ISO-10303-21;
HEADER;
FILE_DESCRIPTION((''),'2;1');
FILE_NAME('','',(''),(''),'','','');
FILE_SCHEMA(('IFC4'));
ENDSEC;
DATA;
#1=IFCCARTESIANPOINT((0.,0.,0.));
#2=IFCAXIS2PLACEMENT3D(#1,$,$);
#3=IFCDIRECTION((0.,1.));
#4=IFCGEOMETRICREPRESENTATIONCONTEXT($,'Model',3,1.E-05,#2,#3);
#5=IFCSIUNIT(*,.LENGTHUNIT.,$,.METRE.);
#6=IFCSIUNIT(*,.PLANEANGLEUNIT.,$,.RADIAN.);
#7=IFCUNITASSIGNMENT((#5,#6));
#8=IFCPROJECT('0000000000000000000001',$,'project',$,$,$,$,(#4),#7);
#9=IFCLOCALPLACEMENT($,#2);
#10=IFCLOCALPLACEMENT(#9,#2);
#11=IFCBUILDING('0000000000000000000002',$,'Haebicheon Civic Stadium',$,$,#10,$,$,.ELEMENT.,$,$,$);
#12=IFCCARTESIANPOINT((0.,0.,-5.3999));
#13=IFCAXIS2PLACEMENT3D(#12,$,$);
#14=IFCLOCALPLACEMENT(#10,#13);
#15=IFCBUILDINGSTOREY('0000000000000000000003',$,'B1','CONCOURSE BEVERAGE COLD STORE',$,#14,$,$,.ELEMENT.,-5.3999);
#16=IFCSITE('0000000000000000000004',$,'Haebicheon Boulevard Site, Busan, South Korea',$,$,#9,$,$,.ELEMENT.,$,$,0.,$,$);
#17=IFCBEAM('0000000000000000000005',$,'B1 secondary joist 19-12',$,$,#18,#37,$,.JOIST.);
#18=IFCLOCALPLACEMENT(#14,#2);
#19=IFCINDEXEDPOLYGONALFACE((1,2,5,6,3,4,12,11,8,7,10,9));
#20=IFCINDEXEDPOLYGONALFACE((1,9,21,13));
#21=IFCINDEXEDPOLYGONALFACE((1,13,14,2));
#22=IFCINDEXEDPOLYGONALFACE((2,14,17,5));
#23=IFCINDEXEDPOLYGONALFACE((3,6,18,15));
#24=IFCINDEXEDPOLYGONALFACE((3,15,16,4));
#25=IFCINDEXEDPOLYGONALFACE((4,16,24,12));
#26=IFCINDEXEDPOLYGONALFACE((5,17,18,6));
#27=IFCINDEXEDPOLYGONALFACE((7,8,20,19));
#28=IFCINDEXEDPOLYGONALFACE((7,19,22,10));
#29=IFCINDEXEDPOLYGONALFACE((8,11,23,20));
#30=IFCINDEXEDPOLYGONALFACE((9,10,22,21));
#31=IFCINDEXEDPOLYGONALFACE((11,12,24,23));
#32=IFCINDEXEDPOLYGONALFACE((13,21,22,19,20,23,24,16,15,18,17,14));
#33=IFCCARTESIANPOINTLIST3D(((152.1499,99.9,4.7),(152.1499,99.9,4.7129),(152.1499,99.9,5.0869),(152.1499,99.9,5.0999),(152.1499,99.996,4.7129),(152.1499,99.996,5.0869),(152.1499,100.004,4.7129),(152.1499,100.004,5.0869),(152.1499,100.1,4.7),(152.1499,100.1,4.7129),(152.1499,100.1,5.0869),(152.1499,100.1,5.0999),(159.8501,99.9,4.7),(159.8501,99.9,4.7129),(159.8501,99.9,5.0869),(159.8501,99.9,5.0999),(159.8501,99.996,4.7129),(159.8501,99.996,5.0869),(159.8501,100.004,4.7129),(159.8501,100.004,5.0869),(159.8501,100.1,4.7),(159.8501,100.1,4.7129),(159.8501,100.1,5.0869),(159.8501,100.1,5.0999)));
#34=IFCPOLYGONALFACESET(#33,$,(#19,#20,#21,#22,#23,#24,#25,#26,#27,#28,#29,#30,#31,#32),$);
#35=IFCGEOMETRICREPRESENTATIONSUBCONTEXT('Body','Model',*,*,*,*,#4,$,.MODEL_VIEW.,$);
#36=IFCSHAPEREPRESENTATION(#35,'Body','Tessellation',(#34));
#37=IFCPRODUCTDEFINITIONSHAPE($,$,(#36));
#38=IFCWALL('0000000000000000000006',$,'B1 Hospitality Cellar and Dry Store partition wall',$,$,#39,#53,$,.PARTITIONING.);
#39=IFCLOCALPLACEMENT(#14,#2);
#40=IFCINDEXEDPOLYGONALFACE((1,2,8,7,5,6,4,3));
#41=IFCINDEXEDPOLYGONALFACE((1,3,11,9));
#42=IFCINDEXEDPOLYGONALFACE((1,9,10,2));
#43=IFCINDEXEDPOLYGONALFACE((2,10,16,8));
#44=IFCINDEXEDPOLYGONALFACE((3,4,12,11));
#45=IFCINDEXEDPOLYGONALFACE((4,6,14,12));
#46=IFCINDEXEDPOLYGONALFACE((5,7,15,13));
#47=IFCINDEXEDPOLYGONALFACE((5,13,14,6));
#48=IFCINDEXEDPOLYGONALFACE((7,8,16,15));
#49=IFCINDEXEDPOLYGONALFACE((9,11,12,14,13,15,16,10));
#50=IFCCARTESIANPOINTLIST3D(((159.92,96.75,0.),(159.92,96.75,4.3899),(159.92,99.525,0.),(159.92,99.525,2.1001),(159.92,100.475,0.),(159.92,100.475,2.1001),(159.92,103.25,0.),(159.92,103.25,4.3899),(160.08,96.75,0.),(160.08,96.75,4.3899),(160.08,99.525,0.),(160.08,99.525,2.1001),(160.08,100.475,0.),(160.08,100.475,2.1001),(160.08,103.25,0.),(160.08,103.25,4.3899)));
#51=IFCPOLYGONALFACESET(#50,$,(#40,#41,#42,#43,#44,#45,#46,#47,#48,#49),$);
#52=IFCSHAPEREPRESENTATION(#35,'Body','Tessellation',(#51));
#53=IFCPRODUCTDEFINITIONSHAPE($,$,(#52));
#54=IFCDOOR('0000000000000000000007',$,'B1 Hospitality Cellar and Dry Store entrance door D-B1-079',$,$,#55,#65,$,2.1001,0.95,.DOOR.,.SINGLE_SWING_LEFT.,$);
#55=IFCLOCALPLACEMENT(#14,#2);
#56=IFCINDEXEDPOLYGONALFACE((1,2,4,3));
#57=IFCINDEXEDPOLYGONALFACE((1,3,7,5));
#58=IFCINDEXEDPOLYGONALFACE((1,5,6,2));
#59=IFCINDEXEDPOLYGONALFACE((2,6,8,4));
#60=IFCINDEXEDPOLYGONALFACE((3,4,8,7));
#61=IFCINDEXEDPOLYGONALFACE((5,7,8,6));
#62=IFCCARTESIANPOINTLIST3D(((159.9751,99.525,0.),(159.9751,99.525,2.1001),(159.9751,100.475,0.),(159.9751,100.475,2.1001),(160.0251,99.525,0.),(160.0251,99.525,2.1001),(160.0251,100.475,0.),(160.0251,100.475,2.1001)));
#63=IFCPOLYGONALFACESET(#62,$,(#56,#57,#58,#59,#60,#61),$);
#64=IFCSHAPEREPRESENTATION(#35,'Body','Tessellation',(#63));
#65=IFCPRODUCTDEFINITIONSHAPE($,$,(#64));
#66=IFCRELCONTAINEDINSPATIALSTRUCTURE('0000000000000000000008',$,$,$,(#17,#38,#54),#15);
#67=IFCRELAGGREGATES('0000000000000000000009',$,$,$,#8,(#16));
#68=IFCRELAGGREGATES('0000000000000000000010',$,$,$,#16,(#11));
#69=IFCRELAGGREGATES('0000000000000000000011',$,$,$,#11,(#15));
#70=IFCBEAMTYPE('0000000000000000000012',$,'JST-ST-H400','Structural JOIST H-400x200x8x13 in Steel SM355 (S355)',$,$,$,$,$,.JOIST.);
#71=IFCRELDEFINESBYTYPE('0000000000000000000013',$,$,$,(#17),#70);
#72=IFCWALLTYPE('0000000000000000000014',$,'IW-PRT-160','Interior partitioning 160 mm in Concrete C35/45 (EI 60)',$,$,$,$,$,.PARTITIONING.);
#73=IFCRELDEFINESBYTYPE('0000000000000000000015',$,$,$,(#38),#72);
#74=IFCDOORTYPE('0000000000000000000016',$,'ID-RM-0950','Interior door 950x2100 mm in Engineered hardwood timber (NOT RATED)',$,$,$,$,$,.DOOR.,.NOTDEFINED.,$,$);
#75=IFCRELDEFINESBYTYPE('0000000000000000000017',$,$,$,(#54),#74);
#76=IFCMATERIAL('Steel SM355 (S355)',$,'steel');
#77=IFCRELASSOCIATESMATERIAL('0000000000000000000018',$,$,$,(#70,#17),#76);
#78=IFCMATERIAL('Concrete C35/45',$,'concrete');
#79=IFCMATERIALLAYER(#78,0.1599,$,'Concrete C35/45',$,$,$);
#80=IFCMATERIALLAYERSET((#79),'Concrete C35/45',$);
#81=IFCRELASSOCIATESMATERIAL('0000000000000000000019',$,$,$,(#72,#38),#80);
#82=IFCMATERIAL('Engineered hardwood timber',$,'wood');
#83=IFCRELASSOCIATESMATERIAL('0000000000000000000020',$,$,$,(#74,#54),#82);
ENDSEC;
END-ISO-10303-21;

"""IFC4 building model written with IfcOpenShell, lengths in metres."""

from ifc_helpers import new_model, si_unit, direction, frame, frame_2d, origin, origin_2d, place, context, subcontext, project, spatial, rectangle, i_section, extrude, material, layer, layer_set, material_profile, profile_set, type_object, element, fill, save


model = new_model("IFC4")

# Units and contexts
model_context = context("Model", 3, precision=1e-05, world=origin(), true_north=direction((0.0, 1.0)))
body_context = subcontext(model_context, "Body", "Model", "MODEL_VIEW")
ifc_project = project(units=[si_unit("LENGTHUNIT", "METRE"), si_unit("PLANEANGLEUNIT", "RADIAN")], contexts=[model_context])

# Site, building, storey
site_placement = place(None, origin())
site = spatial("IfcSite", under=ifc_project, at=site_placement, Name="Haebicheon Boulevard Site, Busan, South Korea", CompositionType="ELEMENT", RefElevation=0.0)
building_placement = place(site_placement, origin())
building = spatial("IfcBuilding", under=site, at=building_placement, Name="Haebicheon Civic Stadium", CompositionType="ELEMENT")
storey_placement = place(building_placement, frame((0.0, 0.0, -5.3999)))
storey = spatial("IfcBuildingStorey", under=building, at=storey_placement, Name="B1", Description="CONCOURSE BEVERAGE COLD STORE", CompositionType="ELEMENT", Elevation=-5.3999)

# Beam
ifc_material_1 = material(Name="Steel SM355 (S355)", Category="steel")
ifc_material_profile_1 = material_profile(ifc_material_1, i_section(OverallWidth=0.2, OverallDepth=0.3999, WebThickness=0.0081, FlangeThickness=0.0129, at=origin_2d()), Name="H-400x200x8x13")
ifc_profile_set_1 = profile_set([ifc_material_profile_1], Name="Steel SM355 (S355)")
beam_type_1 = type_object("IfcBeamType", Name="JST-ST-H400", Description="Structural JOIST H-400x200x8x13 in Steel SM355 (S355)", PredefinedType="JOIST", material=ifc_profile_set_1)
for number, where, z_axis, x_axis, name in (
    (1, (152.1499, 100.0, 4.8999), (1.0, 0.0, 0.0), (0.0, 1.0, 0.0), "B1 secondary joist 19-12"),
):
    element("IfcBeam", number, at=place(storey_placement, frame(where, z_axis=z_axis, x_axis=x_axis)), inside=storey, type_object=beam_type_1, material=ifc_profile_set_1, Name=name, PredefinedType="JOIST", context=body_context, shape_type="SweptSolid", body=[
        extrude(i_section(OverallWidth=0.2, OverallDepth=0.3999, WebThickness=0.0081, FlangeThickness=0.0129, at=origin_2d()), origin(), (0.0, 0.0, 1.0), 7.7002),
    ])

# Wall, opening, door
ifc_material_2 = material(Name="Concrete C35/45", Category="concrete")
ifc_layer_1 = layer(ifc_material_2, 0.1599, Name="Concrete C35/45")
ifc_layer_set_1 = layer_set([ifc_layer_1], Name="Concrete C35/45")
wall_type = type_object("IfcWallType", Name="IW-PRT-160", Description="Interior partitioning 160 mm in Concrete C35/45 (EI 60)", PredefinedType="PARTITIONING", material=ifc_layer_set_1)
wall_placement = place(storey_placement, frame((160.0, 96.75, 0.0), z_axis=(0.0, 0.0, 1.0), x_axis=(0.0, 1.0, 0.0)))
wall = element("IfcWall", 2, at=wall_placement, inside=storey, type_object=wall_type, material=ifc_layer_set_1, Name="B1 Hospitality Cellar and Dry Store partition wall", PredefinedType="PARTITIONING", context=body_context, shape_type="SweptSolid", body=[
    extrude(rectangle(XDim=6.5, YDim=0.1599, at=frame_2d((3.25, 0.0))), origin(), (0.0, 0.0, 1.0), 4.3899),
])
opening_placement = place(wall_placement, frame((2.7749, 0.0, 0.0)))
opening = element("IfcOpeningElement", 3, at=opening_placement, cuts=wall, PredefinedType="OPENING", context=body_context, shape_type="SweptSolid", body=[
    extrude(rectangle(XDim=0.95, YDim=2.1001, at=frame_2d((0.4751, 1.05))), frame((0.0, 0.0898, 0.0), z_axis=(0.0, -1.0, 0.0), x_axis=(1.0, 0.0, 0.0)), (0.0, 0.0, 1.0), 0.1799),
])
ifc_material_3 = material(Name="Engineered hardwood timber", Category="wood")
door_type = type_object("IfcDoorType", Name="ID-RM-0950", Description="Interior door 950x2100 mm in Engineered hardwood timber (NOT RATED)", OperationType="NOTDEFINED", PredefinedType="DOOR", material=ifc_material_3)
door_placement = place(opening_placement, origin())
door = element("IfcDoor", 4, at=door_placement, inside=storey, type_object=door_type, material=ifc_material_3, Name="B1 Hospitality Cellar and Dry Store entrance door D-B1-079", OperationType="SINGLE_SWING_LEFT", OverallHeight=2.1001, OverallWidth=0.95, PredefinedType="DOOR", context=body_context, shape_type="SweptSolid", body=[
    extrude(rectangle(XDim=0.95, YDim=2.1001, at=frame_2d((0.4751, 1.05))), frame((0.0, 0.0249, 0.0), z_axis=(0.0, -1.0, 0.0), x_axis=(1.0, 0.0, 0.0)), (0.0, 0.0, 1.0), 0.05),
])
fill(opening, door)

save(model, "model.ifc")
